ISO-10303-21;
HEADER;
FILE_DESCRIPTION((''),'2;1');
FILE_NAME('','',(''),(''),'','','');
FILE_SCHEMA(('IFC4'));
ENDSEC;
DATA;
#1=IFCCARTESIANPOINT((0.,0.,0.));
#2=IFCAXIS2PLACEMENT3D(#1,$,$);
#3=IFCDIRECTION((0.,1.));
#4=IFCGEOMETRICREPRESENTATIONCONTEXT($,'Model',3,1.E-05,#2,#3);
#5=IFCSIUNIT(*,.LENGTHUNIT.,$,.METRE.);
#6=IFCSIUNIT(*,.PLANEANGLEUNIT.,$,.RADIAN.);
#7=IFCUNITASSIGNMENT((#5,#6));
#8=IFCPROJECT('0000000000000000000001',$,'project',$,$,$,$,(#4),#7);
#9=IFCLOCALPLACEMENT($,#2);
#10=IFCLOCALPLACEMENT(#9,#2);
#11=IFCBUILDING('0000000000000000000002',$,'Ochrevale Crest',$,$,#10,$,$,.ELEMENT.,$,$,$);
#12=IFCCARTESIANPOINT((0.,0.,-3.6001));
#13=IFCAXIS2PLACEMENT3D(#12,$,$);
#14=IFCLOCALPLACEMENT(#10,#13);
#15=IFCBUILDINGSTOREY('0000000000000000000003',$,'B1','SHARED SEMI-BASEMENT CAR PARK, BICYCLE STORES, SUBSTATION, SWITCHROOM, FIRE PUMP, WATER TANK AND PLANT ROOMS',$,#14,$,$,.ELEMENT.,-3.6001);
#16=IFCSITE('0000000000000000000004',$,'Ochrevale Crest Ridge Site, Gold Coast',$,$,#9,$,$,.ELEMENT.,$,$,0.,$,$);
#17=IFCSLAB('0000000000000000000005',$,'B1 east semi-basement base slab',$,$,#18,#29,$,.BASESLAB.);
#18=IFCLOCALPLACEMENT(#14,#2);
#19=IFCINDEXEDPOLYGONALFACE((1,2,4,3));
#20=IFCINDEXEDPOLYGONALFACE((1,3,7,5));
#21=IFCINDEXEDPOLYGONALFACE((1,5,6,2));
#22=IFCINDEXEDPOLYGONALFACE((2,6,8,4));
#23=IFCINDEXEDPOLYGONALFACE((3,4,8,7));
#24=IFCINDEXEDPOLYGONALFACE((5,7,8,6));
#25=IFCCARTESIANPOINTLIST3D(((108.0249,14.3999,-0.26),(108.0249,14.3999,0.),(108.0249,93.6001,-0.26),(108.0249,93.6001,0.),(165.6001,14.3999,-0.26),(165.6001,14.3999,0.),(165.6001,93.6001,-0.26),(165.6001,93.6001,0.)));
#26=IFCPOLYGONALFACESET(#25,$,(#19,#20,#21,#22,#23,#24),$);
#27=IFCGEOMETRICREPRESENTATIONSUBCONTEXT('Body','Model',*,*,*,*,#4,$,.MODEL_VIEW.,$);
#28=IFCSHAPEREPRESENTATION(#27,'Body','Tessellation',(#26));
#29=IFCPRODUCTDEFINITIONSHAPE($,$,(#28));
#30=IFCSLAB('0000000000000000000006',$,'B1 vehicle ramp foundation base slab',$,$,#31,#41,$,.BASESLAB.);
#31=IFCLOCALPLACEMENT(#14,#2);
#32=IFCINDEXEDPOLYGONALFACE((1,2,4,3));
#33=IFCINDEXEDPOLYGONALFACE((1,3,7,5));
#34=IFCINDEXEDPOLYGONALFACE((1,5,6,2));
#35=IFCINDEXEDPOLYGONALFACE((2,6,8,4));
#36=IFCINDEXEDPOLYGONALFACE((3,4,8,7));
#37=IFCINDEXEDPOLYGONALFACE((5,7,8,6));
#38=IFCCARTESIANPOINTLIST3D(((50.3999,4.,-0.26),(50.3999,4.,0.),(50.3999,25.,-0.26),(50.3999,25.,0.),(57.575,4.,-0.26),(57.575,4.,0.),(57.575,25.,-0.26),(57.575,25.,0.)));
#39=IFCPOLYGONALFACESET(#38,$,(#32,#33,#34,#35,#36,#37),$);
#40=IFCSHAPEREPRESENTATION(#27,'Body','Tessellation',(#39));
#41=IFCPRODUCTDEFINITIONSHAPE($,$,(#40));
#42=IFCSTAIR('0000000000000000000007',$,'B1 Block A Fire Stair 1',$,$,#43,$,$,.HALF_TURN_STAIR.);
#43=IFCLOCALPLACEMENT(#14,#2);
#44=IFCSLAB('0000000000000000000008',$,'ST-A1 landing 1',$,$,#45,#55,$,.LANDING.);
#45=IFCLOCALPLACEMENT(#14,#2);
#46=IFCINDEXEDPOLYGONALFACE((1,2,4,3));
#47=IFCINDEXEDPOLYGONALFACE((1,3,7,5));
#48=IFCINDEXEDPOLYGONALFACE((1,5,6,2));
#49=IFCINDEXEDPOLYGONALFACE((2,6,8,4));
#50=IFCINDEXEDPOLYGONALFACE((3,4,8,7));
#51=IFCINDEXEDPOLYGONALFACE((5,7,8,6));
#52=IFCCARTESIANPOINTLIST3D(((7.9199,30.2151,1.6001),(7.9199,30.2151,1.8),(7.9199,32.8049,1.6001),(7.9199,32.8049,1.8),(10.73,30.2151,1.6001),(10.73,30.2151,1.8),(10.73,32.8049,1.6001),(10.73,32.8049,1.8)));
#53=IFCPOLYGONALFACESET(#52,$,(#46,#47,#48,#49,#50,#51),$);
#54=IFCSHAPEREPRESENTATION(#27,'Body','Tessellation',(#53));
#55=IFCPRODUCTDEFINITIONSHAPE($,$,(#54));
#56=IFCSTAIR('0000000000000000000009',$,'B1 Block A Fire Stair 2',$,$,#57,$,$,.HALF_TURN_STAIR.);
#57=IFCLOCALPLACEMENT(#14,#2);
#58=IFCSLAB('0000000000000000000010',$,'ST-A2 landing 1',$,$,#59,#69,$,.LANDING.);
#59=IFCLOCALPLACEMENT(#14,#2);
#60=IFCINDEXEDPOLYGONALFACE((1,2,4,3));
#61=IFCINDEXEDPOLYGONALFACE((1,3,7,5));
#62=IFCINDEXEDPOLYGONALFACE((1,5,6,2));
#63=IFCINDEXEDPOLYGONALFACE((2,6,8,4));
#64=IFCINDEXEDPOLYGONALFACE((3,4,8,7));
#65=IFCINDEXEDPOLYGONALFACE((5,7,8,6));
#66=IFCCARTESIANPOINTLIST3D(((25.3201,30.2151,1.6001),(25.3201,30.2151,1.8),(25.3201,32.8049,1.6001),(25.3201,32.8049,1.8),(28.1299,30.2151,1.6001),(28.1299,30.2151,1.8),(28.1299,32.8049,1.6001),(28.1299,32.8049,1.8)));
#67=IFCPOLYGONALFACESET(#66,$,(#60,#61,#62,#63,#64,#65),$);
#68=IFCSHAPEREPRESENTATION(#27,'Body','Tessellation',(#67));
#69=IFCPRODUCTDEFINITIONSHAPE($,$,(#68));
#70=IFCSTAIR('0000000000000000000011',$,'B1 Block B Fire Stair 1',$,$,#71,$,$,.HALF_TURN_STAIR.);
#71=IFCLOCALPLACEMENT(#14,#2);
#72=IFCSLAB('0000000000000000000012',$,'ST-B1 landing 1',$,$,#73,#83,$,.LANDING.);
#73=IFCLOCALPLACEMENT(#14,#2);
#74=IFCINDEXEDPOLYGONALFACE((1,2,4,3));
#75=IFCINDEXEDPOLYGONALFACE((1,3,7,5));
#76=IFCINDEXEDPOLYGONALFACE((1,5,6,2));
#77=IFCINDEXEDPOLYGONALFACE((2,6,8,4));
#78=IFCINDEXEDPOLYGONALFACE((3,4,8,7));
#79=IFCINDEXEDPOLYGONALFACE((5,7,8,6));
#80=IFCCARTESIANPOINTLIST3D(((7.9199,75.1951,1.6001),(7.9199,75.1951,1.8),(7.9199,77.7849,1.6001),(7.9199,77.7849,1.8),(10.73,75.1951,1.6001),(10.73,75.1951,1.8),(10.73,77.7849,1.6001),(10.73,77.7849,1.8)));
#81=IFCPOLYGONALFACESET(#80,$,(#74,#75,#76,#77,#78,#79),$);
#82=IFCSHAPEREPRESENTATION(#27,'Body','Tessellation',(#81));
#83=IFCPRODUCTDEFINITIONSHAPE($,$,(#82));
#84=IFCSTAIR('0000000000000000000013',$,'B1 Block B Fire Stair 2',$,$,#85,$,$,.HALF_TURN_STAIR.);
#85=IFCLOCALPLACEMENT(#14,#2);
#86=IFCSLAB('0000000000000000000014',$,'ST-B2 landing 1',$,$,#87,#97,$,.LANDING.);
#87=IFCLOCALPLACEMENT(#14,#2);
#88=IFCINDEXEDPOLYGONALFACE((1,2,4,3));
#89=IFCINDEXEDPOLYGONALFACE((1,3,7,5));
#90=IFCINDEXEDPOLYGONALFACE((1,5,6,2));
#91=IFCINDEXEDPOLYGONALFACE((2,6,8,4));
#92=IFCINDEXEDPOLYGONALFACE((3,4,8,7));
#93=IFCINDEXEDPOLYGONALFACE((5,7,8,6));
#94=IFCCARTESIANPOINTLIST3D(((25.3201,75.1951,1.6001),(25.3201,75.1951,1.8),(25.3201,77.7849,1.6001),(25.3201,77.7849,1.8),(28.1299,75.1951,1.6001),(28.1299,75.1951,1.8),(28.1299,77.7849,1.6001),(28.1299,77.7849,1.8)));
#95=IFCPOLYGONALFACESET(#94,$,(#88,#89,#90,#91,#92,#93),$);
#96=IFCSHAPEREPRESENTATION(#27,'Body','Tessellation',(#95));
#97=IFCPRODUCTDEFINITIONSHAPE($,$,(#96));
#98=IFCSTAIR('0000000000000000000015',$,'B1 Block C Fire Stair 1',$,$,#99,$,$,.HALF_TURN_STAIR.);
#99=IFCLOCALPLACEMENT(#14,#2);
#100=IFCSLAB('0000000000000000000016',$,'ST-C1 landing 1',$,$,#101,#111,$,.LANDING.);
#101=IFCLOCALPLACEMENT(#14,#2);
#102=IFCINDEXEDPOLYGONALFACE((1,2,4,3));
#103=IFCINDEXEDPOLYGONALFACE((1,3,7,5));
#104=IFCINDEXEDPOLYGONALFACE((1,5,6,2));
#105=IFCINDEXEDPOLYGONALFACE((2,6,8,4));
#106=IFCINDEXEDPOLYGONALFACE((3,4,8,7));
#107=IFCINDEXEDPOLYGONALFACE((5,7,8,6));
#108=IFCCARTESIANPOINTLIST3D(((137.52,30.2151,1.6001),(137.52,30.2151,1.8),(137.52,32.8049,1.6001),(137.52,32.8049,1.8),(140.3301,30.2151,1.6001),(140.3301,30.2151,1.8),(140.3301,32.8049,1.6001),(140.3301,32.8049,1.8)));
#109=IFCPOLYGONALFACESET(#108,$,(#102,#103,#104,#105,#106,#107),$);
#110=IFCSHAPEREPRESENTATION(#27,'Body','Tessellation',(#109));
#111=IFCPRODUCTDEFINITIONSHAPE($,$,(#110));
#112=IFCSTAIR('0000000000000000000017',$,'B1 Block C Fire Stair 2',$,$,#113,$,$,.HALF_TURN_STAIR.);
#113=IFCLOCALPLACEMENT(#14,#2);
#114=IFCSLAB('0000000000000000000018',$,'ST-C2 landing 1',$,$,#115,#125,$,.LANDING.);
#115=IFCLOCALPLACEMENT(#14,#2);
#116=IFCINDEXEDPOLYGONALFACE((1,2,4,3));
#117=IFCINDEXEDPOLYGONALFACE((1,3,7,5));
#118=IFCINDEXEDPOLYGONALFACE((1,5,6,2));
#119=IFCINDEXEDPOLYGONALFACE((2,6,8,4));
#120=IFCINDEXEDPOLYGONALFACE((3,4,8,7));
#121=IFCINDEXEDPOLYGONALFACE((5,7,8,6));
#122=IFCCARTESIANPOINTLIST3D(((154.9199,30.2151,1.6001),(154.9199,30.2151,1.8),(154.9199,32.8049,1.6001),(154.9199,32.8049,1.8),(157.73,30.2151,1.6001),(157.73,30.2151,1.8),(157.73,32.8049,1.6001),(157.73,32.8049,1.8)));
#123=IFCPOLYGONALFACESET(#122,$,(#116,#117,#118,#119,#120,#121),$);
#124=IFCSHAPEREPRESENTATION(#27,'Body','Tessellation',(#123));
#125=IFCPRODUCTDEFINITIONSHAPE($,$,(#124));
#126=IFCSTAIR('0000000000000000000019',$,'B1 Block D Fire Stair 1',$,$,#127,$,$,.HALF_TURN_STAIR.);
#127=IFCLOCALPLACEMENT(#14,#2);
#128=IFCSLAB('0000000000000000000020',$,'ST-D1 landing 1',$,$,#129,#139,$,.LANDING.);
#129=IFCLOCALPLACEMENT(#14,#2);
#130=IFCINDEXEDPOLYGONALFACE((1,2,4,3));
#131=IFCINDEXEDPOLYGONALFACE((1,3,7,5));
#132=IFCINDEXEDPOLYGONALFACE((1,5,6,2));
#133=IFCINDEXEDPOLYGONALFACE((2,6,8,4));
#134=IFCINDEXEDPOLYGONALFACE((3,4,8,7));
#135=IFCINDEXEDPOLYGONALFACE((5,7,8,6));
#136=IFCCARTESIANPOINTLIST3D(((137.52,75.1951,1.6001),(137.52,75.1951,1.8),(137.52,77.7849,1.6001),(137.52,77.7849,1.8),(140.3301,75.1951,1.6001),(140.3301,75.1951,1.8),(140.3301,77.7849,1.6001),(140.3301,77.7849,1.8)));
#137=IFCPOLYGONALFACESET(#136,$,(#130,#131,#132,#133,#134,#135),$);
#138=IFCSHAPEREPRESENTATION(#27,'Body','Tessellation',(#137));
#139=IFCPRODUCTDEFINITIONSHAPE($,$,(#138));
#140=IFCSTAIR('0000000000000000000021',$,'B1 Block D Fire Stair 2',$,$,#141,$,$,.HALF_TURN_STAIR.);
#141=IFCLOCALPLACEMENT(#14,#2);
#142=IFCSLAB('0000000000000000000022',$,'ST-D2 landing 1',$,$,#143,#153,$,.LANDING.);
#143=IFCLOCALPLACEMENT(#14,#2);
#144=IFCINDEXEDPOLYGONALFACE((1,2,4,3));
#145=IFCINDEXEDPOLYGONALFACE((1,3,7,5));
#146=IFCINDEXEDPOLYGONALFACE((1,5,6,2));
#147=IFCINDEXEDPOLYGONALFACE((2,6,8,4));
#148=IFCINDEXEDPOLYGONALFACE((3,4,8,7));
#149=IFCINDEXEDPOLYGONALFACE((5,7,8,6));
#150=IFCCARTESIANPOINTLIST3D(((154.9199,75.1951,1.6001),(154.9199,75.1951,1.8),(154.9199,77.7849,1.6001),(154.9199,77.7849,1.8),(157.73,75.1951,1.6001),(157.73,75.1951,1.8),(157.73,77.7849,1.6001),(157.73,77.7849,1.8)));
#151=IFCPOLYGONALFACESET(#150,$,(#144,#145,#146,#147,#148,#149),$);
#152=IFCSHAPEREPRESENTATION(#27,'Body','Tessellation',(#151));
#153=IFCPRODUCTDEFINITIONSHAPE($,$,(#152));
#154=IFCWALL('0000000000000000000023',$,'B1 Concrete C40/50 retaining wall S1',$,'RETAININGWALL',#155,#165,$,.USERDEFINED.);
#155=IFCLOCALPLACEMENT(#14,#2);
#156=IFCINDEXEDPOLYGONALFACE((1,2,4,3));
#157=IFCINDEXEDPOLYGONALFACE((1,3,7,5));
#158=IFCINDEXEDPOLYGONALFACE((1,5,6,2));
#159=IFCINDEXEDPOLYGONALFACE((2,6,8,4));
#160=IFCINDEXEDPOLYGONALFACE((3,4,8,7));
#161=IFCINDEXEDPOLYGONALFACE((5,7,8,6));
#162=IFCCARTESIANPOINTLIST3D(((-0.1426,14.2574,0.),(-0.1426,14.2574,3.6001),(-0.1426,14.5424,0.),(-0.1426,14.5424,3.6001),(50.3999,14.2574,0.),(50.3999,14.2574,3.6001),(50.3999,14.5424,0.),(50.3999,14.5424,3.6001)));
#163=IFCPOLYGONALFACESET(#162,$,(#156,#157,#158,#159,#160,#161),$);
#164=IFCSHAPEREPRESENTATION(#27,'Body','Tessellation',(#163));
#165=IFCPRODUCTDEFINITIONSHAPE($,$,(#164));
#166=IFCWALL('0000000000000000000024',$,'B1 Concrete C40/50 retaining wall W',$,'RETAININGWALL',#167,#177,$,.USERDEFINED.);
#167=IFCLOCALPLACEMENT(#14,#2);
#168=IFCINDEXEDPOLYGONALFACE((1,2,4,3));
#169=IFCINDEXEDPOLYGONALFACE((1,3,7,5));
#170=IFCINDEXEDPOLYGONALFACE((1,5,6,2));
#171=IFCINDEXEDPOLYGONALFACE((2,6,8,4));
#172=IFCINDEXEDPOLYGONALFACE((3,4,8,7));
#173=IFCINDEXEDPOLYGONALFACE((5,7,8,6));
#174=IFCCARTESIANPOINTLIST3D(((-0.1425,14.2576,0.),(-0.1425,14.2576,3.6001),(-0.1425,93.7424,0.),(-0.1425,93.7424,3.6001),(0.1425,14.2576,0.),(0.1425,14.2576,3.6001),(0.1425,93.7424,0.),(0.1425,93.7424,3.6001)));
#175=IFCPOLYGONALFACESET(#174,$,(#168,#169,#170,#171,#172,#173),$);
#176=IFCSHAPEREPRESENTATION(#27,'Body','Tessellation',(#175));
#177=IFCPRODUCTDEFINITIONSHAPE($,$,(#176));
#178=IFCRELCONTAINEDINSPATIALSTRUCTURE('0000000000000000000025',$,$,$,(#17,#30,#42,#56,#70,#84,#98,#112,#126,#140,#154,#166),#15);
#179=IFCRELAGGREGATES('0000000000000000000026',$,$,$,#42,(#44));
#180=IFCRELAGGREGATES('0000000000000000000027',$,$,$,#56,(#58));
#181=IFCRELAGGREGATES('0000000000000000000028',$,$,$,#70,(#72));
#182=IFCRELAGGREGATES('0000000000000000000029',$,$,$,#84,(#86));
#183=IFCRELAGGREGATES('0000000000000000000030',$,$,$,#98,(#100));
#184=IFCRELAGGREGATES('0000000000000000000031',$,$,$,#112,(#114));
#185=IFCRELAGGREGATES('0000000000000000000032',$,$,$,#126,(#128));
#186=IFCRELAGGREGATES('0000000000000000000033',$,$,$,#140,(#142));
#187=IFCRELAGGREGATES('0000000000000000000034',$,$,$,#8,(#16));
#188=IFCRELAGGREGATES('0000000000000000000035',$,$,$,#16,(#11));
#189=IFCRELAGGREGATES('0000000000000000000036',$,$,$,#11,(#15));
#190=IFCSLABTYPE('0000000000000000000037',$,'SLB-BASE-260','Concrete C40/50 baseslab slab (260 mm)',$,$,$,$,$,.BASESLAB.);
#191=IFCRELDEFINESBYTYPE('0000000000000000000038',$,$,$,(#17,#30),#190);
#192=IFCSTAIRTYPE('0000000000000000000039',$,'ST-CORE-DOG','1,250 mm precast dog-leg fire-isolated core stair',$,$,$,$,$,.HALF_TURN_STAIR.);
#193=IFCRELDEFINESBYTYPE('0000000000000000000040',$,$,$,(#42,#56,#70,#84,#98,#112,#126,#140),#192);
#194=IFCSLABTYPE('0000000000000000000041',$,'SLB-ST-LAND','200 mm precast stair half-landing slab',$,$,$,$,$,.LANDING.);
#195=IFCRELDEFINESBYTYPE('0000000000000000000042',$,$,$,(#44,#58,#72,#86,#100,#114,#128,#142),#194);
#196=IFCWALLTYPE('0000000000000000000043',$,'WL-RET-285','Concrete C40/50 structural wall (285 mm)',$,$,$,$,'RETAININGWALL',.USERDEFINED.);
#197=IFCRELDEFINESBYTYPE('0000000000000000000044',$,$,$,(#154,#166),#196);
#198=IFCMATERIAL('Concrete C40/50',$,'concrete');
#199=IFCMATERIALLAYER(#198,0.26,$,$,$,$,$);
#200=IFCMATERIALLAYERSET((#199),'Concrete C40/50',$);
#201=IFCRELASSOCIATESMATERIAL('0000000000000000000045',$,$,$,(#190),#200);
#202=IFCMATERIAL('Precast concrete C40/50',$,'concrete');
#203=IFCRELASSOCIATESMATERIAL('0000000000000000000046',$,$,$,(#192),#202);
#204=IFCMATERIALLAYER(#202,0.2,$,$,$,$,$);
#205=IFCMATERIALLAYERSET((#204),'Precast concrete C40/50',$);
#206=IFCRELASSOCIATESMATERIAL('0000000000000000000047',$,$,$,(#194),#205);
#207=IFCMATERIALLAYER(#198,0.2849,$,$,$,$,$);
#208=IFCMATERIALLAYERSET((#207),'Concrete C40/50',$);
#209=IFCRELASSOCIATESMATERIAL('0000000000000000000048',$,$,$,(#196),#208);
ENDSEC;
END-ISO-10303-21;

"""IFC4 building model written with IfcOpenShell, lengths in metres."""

from ifc_helpers import new_model, si_unit, direction, frame, frame_2d, origin, place, context, subcontext, project, spatial, polyline, rectangle, outline, extrude, material, layer, layer_set, type_object, element, aggregate, save


model = new_model("IFC4")

# Units and contexts
model_context = context("Model", 3, precision=1e-05, world=origin(), true_north=direction((0.0, 1.0)))
body_context = subcontext(model_context, "Body", "Model", "MODEL_VIEW")
ifc_project = project(units=[si_unit("LENGTHUNIT", "METRE"), si_unit("PLANEANGLEUNIT", "RADIAN")], contexts=[model_context])

# Site, building, storey
site_placement = place(None, origin())
site = spatial("IfcSite", under=ifc_project, at=site_placement, Name="Ochrevale Crest Ridge Site, Gold Coast", CompositionType="ELEMENT", RefElevation=0.0)
building_placement = place(site_placement, origin())
building = spatial("IfcBuilding", under=site, at=building_placement, Name="Ochrevale Crest", CompositionType="ELEMENT")
storey_placement = place(building_placement, frame((0.0, 0.0, -3.6001)))
storey = spatial("IfcBuildingStorey", under=building, at=storey_placement, Name="B1", Description="SHARED SEMI-BASEMENT CAR PARK, BICYCLE STORES, SUBSTATION, SWITCHROOM, FIRE PUMP, WATER TANK AND PLANT ROOMS", CompositionType="ELEMENT", Elevation=-3.6001)

# Shared definitions
ifc_material_1 = material(Name="Concrete C40/50", Category="concrete")

# Slabs
ifc_layer_1 = layer(ifc_material_1, 0.26)
ifc_layer_set_1 = layer_set([ifc_layer_1], Name="Concrete C40/50")
slab_type_1 = type_object("IfcSlabType", Name="SLB-BASE-260", Description="Concrete C40/50 baseslab slab (260 mm)", PredefinedType="BASESLAB", material=ifc_layer_set_1)
slab_1_placement = place(storey_placement, frame((0.0, 0.0, -0.26)))
element("IfcSlab", 1, at=slab_1_placement, inside=storey, type_object=slab_type_1, Name="B1 east semi-basement base slab", PredefinedType="BASESLAB", context=body_context, shape_type="SweptSolid", body=[
    extrude(outline(polyline([(108.0249, 14.3999), (165.6001, 14.3999), (165.6001, 93.6001), (108.0249, 93.6001), (108.0249, 14.3999)])), origin(), (0.0, 0.0, 1.0), 0.26),
])
slab_2_placement = place(storey_placement, frame((0.0, 0.0, -0.26)))
element("IfcSlab", 2, at=slab_2_placement, inside=storey, type_object=slab_type_1, Name="B1 vehicle ramp foundation base slab", PredefinedType="BASESLAB", context=body_context, shape_type="SweptSolid", body=[
    extrude(outline(polyline([(50.3999, 4.0), (57.575, 4.0), (57.575, 25.0), (50.3999, 25.0), (50.3999, 4.0)])), origin(), (0.0, 0.0, 1.0), 0.26),
])

# Stairs, slabs
ifc_material_2 = material(Name="Precast concrete C40/50", Category="concrete")
stair_type = type_object("IfcStairType", Name="ST-CORE-DOG", Description="1,250 mm precast dog-leg fire-isolated core stair", PredefinedType="HALF_TURN_STAIR", material=ifc_material_2)
stair_1_placement = place(storey_placement, origin())
stair_1 = element("IfcStair", 3, at=stair_1_placement, inside=storey, type_object=stair_type, Name="B1 Block A Fire Stair 1", PredefinedType="HALF_TURN_STAIR")
ifc_layer_2 = layer(ifc_material_2, 0.2)
ifc_layer_set_2 = layer_set([ifc_layer_2], Name="Precast concrete C40/50")
slab_type_2 = type_object("IfcSlabType", Name="SLB-ST-LAND", Description="200 mm precast stair half-landing slab", PredefinedType="LANDING", material=ifc_layer_set_2)
slab_3_placement = place(storey_placement, frame((0.0, 0.0, 1.6001)))
slab_3 = element("IfcSlab", 4, at=slab_3_placement, type_object=slab_type_2, Name="ST-A1 landing 1", PredefinedType="LANDING", context=body_context, shape_type="SweptSolid", body=[
    extrude(outline(polyline([(10.73, 30.2151), (10.73, 32.8049), (7.9199, 32.8049), (7.9199, 30.2151), (10.73, 30.2151)])), origin(), (0.0, 0.0, 1.0), 0.2),
])
aggregate(stair_1, [slab_3])
stair_2_placement = place(storey_placement, origin())
stair_2 = element("IfcStair", 5, at=stair_2_placement, inside=storey, type_object=stair_type, Name="B1 Block A Fire Stair 2", PredefinedType="HALF_TURN_STAIR")
slab_4_placement = place(storey_placement, frame((0.0, 0.0, 1.6001)))
slab_4 = element("IfcSlab", 6, at=slab_4_placement, type_object=slab_type_2, Name="ST-A2 landing 1", PredefinedType="LANDING", context=body_context, shape_type="SweptSolid", body=[
    extrude(outline(polyline([(28.1299, 30.2151), (28.1299, 32.8049), (25.3201, 32.8049), (25.3201, 30.2151), (28.1299, 30.2151)])), origin(), (0.0, 0.0, 1.0), 0.2),
])
aggregate(stair_2, [slab_4])
stair_3_placement = place(storey_placement, origin())
stair_3 = element("IfcStair", 7, at=stair_3_placement, inside=storey, type_object=stair_type, Name="B1 Block B Fire Stair 1", PredefinedType="HALF_TURN_STAIR")
slab_5_placement = place(storey_placement, frame((0.0, 0.0, 1.6001)))
slab_5 = element("IfcSlab", 8, at=slab_5_placement, type_object=slab_type_2, Name="ST-B1 landing 1", PredefinedType="LANDING", context=body_context, shape_type="SweptSolid", body=[
    extrude(outline(polyline([(7.9199, 77.7849), (7.9199, 75.1951), (10.73, 75.1951), (10.73, 77.7849), (7.9199, 77.7849)])), origin(), (0.0, 0.0, 1.0), 0.2),
])
aggregate(stair_3, [slab_5])
stair_4_placement = place(storey_placement, origin())
stair_4 = element("IfcStair", 9, at=stair_4_placement, inside=storey, type_object=stair_type, Name="B1 Block B Fire Stair 2", PredefinedType="HALF_TURN_STAIR")
slab_6_placement = place(storey_placement, frame((0.0, 0.0, 1.6001)))
slab_6 = element("IfcSlab", 10, at=slab_6_placement, type_object=slab_type_2, Name="ST-B2 landing 1", PredefinedType="LANDING", context=body_context, shape_type="SweptSolid", body=[
    extrude(outline(polyline([(25.3201, 77.7849), (25.3201, 75.1951), (28.1299, 75.1951), (28.1299, 77.7849), (25.3201, 77.7849)])), origin(), (0.0, 0.0, 1.0), 0.2),
])
aggregate(stair_4, [slab_6])
stair_5_placement = place(storey_placement, origin())
stair_5 = element("IfcStair", 11, at=stair_5_placement, inside=storey, type_object=stair_type, Name="B1 Block C Fire Stair 1", PredefinedType="HALF_TURN_STAIR")
slab_7_placement = place(storey_placement, frame((0.0, 0.0, 1.6001)))
slab_7 = element("IfcSlab", 12, at=slab_7_placement, type_object=slab_type_2, Name="ST-C1 landing 1", PredefinedType="LANDING", context=body_context, shape_type="SweptSolid", body=[
    extrude(outline(polyline([(140.3301, 30.2151), (140.3301, 32.8049), (137.52, 32.8049), (137.52, 30.2151), (140.3301, 30.2151)])), origin(), (0.0, 0.0, 1.0), 0.2),
])
aggregate(stair_5, [slab_7])
stair_6_placement = place(storey_placement, origin())
stair_6 = element("IfcStair", 13, at=stair_6_placement, inside=storey, type_object=stair_type, Name="B1 Block C Fire Stair 2", PredefinedType="HALF_TURN_STAIR")
slab_8_placement = place(storey_placement, frame((0.0, 0.0, 1.6001)))
slab_8 = element("IfcSlab", 14, at=slab_8_placement, type_object=slab_type_2, Name="ST-C2 landing 1", PredefinedType="LANDING", context=body_context, shape_type="SweptSolid", body=[
    extrude(outline(polyline([(157.73, 30.2151), (157.73, 32.8049), (154.9199, 32.8049), (154.9199, 30.2151), (157.73, 30.2151)])), origin(), (0.0, 0.0, 1.0), 0.2),
])
aggregate(stair_6, [slab_8])
stair_7_placement = place(storey_placement, origin())
stair_7 = element("IfcStair", 15, at=stair_7_placement, inside=storey, type_object=stair_type, Name="B1 Block D Fire Stair 1", PredefinedType="HALF_TURN_STAIR")
slab_9_placement = place(storey_placement, frame((0.0, 0.0, 1.6001)))
slab_9 = element("IfcSlab", 16, at=slab_9_placement, type_object=slab_type_2, Name="ST-D1 landing 1", PredefinedType="LANDING", context=body_context, shape_type="SweptSolid", body=[
    extrude(outline(polyline([(137.52, 77.7849), (137.52, 75.1951), (140.3301, 75.1951), (140.3301, 77.7849), (137.52, 77.7849)])), origin(), (0.0, 0.0, 1.0), 0.2),
])
aggregate(stair_7, [slab_9])
stair_8_placement = place(storey_placement, origin())
stair_8 = element("IfcStair", 17, at=stair_8_placement, inside=storey, type_object=stair_type, Name="B1 Block D Fire Stair 2", PredefinedType="HALF_TURN_STAIR")
slab_10_placement = place(storey_placement, frame((0.0, 0.0, 1.6001)))
slab_10 = element("IfcSlab", 18, at=slab_10_placement, type_object=slab_type_2, Name="ST-D2 landing 1", PredefinedType="LANDING", context=body_context, shape_type="SweptSolid", body=[
    extrude(outline(polyline([(154.9199, 77.7849), (154.9199, 75.1951), (157.73, 75.1951), (157.73, 77.7849), (154.9199, 77.7849)])), origin(), (0.0, 0.0, 1.0), 0.2),
])
aggregate(stair_8, [slab_10])

# Walls
ifc_layer_3 = layer(ifc_material_1, 0.2849)
ifc_layer_set_3 = layer_set([ifc_layer_3], Name="Concrete C40/50")
wall_type = type_object("IfcWallType", Name="WL-RET-285", Description="Concrete C40/50 structural wall (285 mm)", ElementType="RETAININGWALL", PredefinedType="USERDEFINED", material=ifc_layer_set_3)
wall_1_placement = place(storey_placement, frame((-0.1426, 14.3999, 0.0), z_axis=(0.0, 0.0, 1.0), x_axis=(1.0, 0.0, 0.0)))
element("IfcWall", 19, at=wall_1_placement, inside=storey, type_object=wall_type, Name="B1 Concrete C40/50 retaining wall S1", ObjectType="RETAININGWALL", PredefinedType="USERDEFINED", context=body_context, shape_type="SweptSolid", body=[
    extrude(rectangle(XDim=50.5425, YDim=0.2849, at=frame_2d((25.2712, 0.0))), origin(), (0.0, 0.0, 1.0), 3.6001),
])
wall_2_placement = place(storey_placement, frame((0.0, 14.2576, 0.0), z_axis=(0.0, 0.0, 1.0), x_axis=(0.0, 1.0, 0.0)))
element("IfcWall", 20, at=wall_2_placement, inside=storey, type_object=wall_type, Name="B1 Concrete C40/50 retaining wall W", ObjectType="RETAININGWALL", PredefinedType="USERDEFINED", context=body_context, shape_type="SweptSolid", body=[
    extrude(rectangle(XDim=79.4849, YDim=0.2849, at=frame_2d((39.7424, 0.0))), origin(), (0.0, 0.0, 1.0), 3.6001),
])

save(model, "model.ifc")
